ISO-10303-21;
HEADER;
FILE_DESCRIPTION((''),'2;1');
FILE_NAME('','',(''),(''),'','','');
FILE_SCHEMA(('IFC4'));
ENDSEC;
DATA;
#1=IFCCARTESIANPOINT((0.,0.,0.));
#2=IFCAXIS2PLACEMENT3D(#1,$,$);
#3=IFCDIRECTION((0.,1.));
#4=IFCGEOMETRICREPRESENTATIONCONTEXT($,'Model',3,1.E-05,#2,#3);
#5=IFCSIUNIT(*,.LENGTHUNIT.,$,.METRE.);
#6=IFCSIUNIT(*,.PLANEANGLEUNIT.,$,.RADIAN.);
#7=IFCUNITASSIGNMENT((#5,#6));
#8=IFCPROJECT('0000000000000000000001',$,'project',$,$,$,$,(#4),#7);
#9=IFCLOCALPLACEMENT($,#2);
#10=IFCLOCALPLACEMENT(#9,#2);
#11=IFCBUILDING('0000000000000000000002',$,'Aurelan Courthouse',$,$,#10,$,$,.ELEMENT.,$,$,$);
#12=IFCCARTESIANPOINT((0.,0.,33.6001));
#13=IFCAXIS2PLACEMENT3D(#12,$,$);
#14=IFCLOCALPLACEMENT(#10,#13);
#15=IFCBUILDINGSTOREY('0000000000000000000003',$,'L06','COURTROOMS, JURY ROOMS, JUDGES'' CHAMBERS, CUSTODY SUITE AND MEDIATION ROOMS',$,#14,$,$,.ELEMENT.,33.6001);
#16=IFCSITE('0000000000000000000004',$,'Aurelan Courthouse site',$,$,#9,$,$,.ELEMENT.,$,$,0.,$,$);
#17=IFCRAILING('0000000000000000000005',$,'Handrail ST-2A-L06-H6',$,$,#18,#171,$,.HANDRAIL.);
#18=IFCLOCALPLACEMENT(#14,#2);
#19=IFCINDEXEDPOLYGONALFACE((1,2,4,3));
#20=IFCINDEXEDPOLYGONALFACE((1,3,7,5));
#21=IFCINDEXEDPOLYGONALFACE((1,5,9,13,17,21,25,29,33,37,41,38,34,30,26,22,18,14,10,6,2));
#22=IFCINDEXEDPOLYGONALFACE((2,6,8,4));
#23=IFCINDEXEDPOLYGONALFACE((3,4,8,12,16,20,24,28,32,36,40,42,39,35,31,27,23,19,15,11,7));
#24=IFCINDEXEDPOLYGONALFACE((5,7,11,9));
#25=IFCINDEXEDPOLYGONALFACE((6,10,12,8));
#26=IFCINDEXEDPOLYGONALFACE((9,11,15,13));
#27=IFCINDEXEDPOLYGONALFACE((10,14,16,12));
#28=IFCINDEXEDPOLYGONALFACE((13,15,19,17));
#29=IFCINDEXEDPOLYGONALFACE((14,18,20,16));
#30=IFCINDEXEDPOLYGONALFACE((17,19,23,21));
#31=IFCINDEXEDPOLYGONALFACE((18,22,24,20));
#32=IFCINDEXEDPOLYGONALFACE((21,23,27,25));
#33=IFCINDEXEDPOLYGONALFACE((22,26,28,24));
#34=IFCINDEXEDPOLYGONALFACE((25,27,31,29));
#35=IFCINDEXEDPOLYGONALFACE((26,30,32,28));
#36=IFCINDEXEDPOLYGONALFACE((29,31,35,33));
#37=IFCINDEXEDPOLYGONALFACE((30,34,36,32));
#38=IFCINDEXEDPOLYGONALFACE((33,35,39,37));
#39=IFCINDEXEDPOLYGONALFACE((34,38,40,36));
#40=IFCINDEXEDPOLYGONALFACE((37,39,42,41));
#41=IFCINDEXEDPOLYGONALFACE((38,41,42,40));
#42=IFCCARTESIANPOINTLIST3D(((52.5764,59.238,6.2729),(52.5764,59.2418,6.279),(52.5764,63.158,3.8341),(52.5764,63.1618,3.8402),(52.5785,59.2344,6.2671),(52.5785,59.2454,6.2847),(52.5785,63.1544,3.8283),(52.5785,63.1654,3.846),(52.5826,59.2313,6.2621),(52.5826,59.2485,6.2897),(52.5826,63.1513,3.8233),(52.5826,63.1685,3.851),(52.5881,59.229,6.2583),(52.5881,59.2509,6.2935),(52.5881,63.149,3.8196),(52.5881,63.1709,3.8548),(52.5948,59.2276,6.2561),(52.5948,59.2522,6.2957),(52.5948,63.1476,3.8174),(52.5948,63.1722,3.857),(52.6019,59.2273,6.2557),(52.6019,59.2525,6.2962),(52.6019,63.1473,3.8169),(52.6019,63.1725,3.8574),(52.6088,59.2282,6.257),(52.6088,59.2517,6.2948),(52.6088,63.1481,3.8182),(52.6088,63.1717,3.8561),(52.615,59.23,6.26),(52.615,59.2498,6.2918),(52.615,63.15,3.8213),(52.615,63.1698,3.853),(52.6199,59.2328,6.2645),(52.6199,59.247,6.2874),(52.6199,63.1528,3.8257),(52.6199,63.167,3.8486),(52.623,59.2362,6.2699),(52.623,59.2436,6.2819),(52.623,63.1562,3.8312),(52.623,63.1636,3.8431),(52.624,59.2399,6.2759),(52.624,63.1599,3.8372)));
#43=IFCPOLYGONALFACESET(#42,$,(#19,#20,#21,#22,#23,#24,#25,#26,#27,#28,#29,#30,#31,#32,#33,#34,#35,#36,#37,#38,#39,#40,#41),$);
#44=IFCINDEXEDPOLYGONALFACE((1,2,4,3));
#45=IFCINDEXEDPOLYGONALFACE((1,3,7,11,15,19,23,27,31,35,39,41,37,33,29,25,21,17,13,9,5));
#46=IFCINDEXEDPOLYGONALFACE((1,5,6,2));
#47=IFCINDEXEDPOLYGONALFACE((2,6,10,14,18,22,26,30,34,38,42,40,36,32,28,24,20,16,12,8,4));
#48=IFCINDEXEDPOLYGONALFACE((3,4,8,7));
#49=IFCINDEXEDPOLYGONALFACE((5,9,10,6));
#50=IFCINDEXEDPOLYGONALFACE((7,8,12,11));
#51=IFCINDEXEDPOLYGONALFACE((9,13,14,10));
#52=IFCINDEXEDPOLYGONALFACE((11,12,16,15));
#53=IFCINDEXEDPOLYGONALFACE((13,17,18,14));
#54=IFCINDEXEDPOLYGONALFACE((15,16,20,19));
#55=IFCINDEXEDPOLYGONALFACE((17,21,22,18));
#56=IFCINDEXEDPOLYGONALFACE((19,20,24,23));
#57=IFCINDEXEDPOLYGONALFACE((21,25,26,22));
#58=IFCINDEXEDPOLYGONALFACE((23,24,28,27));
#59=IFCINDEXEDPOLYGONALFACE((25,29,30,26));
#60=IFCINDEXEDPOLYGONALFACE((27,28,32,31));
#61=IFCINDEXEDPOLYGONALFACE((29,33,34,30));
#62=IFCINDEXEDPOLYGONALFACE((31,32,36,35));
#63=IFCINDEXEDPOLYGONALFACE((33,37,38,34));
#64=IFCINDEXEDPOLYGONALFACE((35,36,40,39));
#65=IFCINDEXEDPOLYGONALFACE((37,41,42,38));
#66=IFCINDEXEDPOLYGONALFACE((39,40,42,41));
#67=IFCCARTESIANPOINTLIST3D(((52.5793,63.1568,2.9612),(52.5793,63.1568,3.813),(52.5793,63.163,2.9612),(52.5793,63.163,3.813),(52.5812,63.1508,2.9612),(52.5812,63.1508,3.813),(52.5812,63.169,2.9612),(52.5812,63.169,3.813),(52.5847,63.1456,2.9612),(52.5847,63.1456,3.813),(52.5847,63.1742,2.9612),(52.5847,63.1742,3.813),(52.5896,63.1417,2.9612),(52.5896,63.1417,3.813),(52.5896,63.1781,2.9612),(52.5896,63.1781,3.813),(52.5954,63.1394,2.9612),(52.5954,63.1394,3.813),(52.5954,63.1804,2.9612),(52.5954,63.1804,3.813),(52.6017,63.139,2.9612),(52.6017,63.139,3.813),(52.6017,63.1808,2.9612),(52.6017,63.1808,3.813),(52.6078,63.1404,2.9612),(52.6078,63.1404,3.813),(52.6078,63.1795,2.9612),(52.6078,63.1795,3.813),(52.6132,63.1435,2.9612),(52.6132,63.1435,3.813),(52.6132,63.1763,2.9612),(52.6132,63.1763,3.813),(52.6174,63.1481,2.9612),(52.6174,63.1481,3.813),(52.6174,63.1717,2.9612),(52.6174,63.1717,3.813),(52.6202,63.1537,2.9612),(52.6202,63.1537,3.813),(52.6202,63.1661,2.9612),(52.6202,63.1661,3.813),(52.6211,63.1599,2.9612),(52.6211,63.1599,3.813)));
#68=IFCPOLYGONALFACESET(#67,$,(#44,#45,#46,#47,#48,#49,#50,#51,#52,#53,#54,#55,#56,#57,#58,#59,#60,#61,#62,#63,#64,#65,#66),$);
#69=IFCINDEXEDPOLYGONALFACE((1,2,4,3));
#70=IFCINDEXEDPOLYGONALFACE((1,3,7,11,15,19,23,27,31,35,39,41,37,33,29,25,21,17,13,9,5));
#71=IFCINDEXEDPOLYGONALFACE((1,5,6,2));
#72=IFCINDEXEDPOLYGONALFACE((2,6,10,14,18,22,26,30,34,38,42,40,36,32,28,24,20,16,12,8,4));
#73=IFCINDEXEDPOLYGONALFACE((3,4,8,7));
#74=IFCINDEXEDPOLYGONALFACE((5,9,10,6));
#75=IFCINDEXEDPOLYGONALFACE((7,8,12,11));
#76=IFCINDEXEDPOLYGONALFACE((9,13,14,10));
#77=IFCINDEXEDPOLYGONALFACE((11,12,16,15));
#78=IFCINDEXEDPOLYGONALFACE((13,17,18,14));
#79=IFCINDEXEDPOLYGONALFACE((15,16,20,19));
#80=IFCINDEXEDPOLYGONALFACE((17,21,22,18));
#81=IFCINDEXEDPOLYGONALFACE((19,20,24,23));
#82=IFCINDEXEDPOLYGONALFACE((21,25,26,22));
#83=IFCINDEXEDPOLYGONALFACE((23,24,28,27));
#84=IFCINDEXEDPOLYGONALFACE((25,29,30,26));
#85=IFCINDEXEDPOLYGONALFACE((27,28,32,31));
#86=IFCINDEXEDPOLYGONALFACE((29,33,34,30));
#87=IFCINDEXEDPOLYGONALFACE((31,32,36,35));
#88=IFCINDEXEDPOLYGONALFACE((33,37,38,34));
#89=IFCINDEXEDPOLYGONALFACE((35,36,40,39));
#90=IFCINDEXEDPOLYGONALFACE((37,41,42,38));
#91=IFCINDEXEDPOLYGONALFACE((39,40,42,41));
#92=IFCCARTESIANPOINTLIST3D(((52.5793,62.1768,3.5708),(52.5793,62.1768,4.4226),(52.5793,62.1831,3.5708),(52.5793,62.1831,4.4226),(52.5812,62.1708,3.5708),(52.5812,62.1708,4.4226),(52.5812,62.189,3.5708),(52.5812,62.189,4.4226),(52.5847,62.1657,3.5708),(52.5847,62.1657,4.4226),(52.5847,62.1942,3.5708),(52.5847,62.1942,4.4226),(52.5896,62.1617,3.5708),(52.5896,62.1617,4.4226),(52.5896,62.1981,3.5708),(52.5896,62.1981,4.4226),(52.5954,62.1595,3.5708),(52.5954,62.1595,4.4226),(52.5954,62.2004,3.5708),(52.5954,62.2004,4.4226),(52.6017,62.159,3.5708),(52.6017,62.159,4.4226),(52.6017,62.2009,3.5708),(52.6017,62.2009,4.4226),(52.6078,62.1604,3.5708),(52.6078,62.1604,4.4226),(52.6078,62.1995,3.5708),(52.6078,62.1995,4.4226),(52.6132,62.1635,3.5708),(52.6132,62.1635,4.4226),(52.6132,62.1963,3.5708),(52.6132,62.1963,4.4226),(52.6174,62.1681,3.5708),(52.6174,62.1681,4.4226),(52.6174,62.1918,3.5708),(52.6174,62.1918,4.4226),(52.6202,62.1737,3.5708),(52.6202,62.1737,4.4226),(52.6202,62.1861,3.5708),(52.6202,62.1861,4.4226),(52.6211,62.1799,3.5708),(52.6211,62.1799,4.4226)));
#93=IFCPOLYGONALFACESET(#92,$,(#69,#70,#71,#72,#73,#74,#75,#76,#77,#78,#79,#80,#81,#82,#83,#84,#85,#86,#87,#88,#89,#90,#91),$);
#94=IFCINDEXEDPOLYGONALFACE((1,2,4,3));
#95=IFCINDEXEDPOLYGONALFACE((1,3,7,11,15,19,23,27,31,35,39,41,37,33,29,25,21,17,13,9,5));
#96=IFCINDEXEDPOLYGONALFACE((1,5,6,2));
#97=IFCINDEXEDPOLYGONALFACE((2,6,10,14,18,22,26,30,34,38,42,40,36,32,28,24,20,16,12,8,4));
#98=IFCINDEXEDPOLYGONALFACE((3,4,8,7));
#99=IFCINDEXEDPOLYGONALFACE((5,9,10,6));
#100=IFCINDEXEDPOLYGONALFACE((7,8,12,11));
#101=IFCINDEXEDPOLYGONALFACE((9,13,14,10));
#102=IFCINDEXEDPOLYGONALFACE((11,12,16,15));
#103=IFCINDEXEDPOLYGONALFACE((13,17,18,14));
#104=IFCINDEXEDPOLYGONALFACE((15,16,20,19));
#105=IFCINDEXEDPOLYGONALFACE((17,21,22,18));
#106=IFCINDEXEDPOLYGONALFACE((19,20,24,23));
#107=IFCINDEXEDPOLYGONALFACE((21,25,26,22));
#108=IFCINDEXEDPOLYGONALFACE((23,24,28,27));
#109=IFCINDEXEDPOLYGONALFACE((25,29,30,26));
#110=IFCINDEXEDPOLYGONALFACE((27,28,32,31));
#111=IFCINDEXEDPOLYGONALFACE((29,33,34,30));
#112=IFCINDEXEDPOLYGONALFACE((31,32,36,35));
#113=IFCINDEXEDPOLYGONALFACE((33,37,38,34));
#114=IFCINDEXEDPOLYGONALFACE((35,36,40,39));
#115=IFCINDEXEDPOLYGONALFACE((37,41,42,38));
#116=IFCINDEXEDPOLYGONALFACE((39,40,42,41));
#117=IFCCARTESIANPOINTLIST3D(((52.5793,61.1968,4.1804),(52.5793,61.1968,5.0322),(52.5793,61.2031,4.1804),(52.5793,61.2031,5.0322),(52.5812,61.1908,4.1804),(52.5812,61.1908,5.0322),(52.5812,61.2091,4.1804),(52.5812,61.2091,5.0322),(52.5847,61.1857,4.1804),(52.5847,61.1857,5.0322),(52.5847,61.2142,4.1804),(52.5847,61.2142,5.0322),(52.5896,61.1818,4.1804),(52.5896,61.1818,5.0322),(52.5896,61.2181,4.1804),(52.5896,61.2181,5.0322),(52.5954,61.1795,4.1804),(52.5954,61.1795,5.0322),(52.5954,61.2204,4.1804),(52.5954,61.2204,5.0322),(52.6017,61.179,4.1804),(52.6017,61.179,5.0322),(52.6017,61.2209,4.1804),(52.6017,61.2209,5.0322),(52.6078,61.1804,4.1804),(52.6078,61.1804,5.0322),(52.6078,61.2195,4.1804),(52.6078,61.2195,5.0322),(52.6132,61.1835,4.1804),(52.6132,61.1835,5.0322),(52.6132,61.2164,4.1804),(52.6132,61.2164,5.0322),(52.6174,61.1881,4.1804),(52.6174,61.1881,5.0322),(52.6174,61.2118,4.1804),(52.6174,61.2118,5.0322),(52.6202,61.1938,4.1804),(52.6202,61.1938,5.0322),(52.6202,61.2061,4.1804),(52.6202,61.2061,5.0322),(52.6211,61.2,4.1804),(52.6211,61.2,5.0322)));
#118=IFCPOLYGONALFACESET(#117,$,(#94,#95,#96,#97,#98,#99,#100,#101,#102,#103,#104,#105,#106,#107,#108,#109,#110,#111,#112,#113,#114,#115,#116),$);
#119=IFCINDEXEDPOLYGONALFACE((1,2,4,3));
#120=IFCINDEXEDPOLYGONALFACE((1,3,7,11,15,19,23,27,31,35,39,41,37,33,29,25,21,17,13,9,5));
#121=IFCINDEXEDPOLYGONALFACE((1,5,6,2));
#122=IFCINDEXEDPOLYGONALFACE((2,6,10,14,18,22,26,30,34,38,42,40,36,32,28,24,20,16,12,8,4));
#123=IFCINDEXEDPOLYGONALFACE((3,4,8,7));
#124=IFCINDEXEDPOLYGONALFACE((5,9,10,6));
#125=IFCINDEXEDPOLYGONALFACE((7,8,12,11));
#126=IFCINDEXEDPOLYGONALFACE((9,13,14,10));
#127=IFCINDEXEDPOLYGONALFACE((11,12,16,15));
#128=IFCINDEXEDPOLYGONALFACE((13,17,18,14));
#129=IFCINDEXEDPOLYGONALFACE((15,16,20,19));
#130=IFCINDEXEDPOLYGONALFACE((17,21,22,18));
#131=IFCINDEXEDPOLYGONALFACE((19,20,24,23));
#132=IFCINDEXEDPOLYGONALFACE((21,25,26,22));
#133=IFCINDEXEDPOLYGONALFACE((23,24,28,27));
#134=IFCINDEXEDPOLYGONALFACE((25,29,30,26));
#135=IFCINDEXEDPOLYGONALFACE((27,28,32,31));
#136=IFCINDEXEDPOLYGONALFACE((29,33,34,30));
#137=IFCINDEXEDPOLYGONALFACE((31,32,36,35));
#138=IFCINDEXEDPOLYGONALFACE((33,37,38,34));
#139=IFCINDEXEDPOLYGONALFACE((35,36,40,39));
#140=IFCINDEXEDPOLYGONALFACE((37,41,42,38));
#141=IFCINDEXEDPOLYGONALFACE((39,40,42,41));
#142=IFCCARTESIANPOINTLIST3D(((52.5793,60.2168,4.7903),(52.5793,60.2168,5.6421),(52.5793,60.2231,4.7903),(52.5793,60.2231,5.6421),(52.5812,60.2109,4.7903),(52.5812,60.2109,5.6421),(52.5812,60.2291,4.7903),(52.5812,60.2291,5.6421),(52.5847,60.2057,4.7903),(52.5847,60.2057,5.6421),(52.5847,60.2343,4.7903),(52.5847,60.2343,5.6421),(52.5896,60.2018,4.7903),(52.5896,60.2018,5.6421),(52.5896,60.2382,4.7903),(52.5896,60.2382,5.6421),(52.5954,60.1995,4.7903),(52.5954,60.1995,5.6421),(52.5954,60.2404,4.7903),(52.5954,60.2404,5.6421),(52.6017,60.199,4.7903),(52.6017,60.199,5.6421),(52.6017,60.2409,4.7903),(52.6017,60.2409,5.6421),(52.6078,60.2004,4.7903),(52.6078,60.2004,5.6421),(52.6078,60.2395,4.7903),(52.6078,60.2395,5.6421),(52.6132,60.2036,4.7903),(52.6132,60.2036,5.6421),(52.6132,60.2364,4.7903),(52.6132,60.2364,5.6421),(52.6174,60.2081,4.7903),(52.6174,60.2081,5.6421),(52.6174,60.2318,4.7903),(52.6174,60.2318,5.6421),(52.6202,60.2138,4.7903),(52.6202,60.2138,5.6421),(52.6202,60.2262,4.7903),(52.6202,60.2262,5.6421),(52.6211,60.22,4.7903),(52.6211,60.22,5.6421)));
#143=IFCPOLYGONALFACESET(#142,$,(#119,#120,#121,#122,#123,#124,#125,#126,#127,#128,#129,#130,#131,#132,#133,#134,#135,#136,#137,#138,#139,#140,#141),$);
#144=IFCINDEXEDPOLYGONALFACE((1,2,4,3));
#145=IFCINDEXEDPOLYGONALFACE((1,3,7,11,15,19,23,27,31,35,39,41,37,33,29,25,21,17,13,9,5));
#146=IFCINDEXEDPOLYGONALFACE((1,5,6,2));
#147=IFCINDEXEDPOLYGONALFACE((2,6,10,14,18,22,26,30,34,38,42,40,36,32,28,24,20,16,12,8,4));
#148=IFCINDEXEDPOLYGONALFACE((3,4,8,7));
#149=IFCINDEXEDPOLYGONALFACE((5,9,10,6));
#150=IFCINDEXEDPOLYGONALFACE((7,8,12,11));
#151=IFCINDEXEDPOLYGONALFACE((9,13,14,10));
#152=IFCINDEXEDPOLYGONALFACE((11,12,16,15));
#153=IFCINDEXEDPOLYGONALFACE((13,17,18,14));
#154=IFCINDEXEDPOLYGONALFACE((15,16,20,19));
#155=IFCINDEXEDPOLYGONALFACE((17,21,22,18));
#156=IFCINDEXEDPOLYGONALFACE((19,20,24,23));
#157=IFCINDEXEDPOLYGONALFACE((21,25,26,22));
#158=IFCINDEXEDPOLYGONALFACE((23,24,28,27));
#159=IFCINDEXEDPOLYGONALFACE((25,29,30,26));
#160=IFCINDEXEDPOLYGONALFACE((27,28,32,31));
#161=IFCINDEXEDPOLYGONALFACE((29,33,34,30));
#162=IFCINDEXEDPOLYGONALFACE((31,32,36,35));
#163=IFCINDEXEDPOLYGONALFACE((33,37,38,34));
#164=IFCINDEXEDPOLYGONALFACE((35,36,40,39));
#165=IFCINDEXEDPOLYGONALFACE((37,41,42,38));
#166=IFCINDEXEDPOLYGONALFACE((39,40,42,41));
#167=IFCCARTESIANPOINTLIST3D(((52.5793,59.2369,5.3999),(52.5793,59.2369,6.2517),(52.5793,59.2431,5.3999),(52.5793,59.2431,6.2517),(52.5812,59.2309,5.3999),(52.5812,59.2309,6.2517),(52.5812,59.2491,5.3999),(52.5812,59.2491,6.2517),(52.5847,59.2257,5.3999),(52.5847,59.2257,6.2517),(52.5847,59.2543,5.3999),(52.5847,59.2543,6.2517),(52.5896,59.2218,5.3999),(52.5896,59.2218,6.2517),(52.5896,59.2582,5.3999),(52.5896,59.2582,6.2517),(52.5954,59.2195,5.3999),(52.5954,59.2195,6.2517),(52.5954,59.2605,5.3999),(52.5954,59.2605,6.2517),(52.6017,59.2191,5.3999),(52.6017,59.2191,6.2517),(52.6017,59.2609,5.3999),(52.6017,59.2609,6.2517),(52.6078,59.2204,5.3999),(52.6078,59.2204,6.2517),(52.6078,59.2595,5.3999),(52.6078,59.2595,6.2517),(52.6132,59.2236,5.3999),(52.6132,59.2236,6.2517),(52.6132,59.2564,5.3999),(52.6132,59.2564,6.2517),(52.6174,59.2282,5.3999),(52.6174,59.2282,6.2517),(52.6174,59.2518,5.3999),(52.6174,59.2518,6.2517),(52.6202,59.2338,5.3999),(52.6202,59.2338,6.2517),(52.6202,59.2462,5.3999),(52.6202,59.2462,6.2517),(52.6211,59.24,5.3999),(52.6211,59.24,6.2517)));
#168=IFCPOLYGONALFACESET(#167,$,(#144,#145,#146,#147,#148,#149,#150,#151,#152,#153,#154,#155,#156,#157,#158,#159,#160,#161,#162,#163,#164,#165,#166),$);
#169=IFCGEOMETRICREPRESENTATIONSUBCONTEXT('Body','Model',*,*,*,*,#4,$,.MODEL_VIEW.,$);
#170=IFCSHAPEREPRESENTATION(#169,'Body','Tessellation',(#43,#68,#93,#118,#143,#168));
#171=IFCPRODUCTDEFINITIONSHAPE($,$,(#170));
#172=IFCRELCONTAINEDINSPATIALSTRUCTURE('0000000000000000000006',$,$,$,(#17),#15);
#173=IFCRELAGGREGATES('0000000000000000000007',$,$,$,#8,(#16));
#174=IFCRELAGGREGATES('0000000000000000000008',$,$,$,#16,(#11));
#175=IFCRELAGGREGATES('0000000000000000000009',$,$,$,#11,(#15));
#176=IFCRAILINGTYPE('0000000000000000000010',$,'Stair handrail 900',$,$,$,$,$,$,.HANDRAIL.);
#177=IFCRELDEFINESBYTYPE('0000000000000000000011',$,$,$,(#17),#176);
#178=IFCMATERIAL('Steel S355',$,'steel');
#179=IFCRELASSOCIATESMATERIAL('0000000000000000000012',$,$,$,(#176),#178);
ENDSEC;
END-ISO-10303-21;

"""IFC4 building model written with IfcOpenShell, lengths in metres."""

from ifc_helpers import new_model, si_unit, direction, frame, origin, origin_2d, place, context, subcontext, project, spatial, circle, extrude, material, type_object, element, save


model = new_model("IFC4")

# Units and contexts
model_context = context("Model", 3, precision=1e-05, world=origin(), true_north=direction((0.0, 1.0)))
body_context = subcontext(model_context, "Body", "Model", "MODEL_VIEW")
ifc_project = project(units=[si_unit("LENGTHUNIT", "METRE"), si_unit("PLANEANGLEUNIT", "RADIAN")], contexts=[model_context])

# Site, building, storey
site_placement = place(None, origin())
site = spatial("IfcSite", under=ifc_project, at=site_placement, Name="Aurelan Courthouse site", CompositionType="ELEMENT", RefElevation=0.0)
building_placement = place(site_placement, origin())
building = spatial("IfcBuilding", under=site, at=building_placement, Name="Aurelan Courthouse", CompositionType="ELEMENT")
storey_placement = place(building_placement, frame((0.0, 0.0, 33.6001)))
storey = spatial("IfcBuildingStorey", under=building, at=storey_placement, Name="L06", Description="COURTROOMS, JURY ROOMS, JUDGES' CHAMBERS, CUSTODY SUITE AND MEDIATION ROOMS", CompositionType="ELEMENT", Elevation=33.6001)

# Railing
ifc_material_1 = material(Name="Steel S355", Category="steel")
railing_type_1 = type_object("IfcRailingType", Name="Stair handrail 900", PredefinedType="HANDRAIL", material=ifc_material_1)
for number, where, name in (
    (1, (52.6001, 63.1599, 2.9612), "Handrail ST-2A-L06-H6"),
):
    element("IfcRailing", number, at=place(storey_placement, frame(where)), inside=storey, type_object=railing_type_1, Name=name, PredefinedType="HANDRAIL", context=body_context, shape_type="SweptSolid", body=[
        extrude(circle(Radius=0.0239, at=origin_2d()), frame((0.0, 0.0, 0.876), z_axis=(0.0, -0.84909, 0.528249), x_axis=(1.0, 0.0, 0.0)), (0.0, 0.0, 1.0), 4.6167),
        extrude(circle(Radius=0.021, at=origin_2d()), origin(), (0.0, 0.0, 1.0), 0.8518),
        extrude(circle(Radius=0.021, at=origin_2d()), frame((0.0, -0.98, 0.6096)), (0.0, 0.0, 1.0), 0.8518),
        extrude(circle(Radius=0.021, at=origin_2d()), frame((0.0, -1.96, 1.2192)), (0.0, 0.0, 1.0), 0.8518),
        extrude(circle(Radius=0.021, at=origin_2d()), frame((0.0, -2.9399, 1.8291)), (0.0, 0.0, 1.0), 0.8518),
        extrude(circle(Radius=0.021, at=origin_2d()), frame((0.0, -3.9199, 2.4387)), (0.0, 0.0, 1.0), 0.8518),
    ])

save(model, "model.ifc")
